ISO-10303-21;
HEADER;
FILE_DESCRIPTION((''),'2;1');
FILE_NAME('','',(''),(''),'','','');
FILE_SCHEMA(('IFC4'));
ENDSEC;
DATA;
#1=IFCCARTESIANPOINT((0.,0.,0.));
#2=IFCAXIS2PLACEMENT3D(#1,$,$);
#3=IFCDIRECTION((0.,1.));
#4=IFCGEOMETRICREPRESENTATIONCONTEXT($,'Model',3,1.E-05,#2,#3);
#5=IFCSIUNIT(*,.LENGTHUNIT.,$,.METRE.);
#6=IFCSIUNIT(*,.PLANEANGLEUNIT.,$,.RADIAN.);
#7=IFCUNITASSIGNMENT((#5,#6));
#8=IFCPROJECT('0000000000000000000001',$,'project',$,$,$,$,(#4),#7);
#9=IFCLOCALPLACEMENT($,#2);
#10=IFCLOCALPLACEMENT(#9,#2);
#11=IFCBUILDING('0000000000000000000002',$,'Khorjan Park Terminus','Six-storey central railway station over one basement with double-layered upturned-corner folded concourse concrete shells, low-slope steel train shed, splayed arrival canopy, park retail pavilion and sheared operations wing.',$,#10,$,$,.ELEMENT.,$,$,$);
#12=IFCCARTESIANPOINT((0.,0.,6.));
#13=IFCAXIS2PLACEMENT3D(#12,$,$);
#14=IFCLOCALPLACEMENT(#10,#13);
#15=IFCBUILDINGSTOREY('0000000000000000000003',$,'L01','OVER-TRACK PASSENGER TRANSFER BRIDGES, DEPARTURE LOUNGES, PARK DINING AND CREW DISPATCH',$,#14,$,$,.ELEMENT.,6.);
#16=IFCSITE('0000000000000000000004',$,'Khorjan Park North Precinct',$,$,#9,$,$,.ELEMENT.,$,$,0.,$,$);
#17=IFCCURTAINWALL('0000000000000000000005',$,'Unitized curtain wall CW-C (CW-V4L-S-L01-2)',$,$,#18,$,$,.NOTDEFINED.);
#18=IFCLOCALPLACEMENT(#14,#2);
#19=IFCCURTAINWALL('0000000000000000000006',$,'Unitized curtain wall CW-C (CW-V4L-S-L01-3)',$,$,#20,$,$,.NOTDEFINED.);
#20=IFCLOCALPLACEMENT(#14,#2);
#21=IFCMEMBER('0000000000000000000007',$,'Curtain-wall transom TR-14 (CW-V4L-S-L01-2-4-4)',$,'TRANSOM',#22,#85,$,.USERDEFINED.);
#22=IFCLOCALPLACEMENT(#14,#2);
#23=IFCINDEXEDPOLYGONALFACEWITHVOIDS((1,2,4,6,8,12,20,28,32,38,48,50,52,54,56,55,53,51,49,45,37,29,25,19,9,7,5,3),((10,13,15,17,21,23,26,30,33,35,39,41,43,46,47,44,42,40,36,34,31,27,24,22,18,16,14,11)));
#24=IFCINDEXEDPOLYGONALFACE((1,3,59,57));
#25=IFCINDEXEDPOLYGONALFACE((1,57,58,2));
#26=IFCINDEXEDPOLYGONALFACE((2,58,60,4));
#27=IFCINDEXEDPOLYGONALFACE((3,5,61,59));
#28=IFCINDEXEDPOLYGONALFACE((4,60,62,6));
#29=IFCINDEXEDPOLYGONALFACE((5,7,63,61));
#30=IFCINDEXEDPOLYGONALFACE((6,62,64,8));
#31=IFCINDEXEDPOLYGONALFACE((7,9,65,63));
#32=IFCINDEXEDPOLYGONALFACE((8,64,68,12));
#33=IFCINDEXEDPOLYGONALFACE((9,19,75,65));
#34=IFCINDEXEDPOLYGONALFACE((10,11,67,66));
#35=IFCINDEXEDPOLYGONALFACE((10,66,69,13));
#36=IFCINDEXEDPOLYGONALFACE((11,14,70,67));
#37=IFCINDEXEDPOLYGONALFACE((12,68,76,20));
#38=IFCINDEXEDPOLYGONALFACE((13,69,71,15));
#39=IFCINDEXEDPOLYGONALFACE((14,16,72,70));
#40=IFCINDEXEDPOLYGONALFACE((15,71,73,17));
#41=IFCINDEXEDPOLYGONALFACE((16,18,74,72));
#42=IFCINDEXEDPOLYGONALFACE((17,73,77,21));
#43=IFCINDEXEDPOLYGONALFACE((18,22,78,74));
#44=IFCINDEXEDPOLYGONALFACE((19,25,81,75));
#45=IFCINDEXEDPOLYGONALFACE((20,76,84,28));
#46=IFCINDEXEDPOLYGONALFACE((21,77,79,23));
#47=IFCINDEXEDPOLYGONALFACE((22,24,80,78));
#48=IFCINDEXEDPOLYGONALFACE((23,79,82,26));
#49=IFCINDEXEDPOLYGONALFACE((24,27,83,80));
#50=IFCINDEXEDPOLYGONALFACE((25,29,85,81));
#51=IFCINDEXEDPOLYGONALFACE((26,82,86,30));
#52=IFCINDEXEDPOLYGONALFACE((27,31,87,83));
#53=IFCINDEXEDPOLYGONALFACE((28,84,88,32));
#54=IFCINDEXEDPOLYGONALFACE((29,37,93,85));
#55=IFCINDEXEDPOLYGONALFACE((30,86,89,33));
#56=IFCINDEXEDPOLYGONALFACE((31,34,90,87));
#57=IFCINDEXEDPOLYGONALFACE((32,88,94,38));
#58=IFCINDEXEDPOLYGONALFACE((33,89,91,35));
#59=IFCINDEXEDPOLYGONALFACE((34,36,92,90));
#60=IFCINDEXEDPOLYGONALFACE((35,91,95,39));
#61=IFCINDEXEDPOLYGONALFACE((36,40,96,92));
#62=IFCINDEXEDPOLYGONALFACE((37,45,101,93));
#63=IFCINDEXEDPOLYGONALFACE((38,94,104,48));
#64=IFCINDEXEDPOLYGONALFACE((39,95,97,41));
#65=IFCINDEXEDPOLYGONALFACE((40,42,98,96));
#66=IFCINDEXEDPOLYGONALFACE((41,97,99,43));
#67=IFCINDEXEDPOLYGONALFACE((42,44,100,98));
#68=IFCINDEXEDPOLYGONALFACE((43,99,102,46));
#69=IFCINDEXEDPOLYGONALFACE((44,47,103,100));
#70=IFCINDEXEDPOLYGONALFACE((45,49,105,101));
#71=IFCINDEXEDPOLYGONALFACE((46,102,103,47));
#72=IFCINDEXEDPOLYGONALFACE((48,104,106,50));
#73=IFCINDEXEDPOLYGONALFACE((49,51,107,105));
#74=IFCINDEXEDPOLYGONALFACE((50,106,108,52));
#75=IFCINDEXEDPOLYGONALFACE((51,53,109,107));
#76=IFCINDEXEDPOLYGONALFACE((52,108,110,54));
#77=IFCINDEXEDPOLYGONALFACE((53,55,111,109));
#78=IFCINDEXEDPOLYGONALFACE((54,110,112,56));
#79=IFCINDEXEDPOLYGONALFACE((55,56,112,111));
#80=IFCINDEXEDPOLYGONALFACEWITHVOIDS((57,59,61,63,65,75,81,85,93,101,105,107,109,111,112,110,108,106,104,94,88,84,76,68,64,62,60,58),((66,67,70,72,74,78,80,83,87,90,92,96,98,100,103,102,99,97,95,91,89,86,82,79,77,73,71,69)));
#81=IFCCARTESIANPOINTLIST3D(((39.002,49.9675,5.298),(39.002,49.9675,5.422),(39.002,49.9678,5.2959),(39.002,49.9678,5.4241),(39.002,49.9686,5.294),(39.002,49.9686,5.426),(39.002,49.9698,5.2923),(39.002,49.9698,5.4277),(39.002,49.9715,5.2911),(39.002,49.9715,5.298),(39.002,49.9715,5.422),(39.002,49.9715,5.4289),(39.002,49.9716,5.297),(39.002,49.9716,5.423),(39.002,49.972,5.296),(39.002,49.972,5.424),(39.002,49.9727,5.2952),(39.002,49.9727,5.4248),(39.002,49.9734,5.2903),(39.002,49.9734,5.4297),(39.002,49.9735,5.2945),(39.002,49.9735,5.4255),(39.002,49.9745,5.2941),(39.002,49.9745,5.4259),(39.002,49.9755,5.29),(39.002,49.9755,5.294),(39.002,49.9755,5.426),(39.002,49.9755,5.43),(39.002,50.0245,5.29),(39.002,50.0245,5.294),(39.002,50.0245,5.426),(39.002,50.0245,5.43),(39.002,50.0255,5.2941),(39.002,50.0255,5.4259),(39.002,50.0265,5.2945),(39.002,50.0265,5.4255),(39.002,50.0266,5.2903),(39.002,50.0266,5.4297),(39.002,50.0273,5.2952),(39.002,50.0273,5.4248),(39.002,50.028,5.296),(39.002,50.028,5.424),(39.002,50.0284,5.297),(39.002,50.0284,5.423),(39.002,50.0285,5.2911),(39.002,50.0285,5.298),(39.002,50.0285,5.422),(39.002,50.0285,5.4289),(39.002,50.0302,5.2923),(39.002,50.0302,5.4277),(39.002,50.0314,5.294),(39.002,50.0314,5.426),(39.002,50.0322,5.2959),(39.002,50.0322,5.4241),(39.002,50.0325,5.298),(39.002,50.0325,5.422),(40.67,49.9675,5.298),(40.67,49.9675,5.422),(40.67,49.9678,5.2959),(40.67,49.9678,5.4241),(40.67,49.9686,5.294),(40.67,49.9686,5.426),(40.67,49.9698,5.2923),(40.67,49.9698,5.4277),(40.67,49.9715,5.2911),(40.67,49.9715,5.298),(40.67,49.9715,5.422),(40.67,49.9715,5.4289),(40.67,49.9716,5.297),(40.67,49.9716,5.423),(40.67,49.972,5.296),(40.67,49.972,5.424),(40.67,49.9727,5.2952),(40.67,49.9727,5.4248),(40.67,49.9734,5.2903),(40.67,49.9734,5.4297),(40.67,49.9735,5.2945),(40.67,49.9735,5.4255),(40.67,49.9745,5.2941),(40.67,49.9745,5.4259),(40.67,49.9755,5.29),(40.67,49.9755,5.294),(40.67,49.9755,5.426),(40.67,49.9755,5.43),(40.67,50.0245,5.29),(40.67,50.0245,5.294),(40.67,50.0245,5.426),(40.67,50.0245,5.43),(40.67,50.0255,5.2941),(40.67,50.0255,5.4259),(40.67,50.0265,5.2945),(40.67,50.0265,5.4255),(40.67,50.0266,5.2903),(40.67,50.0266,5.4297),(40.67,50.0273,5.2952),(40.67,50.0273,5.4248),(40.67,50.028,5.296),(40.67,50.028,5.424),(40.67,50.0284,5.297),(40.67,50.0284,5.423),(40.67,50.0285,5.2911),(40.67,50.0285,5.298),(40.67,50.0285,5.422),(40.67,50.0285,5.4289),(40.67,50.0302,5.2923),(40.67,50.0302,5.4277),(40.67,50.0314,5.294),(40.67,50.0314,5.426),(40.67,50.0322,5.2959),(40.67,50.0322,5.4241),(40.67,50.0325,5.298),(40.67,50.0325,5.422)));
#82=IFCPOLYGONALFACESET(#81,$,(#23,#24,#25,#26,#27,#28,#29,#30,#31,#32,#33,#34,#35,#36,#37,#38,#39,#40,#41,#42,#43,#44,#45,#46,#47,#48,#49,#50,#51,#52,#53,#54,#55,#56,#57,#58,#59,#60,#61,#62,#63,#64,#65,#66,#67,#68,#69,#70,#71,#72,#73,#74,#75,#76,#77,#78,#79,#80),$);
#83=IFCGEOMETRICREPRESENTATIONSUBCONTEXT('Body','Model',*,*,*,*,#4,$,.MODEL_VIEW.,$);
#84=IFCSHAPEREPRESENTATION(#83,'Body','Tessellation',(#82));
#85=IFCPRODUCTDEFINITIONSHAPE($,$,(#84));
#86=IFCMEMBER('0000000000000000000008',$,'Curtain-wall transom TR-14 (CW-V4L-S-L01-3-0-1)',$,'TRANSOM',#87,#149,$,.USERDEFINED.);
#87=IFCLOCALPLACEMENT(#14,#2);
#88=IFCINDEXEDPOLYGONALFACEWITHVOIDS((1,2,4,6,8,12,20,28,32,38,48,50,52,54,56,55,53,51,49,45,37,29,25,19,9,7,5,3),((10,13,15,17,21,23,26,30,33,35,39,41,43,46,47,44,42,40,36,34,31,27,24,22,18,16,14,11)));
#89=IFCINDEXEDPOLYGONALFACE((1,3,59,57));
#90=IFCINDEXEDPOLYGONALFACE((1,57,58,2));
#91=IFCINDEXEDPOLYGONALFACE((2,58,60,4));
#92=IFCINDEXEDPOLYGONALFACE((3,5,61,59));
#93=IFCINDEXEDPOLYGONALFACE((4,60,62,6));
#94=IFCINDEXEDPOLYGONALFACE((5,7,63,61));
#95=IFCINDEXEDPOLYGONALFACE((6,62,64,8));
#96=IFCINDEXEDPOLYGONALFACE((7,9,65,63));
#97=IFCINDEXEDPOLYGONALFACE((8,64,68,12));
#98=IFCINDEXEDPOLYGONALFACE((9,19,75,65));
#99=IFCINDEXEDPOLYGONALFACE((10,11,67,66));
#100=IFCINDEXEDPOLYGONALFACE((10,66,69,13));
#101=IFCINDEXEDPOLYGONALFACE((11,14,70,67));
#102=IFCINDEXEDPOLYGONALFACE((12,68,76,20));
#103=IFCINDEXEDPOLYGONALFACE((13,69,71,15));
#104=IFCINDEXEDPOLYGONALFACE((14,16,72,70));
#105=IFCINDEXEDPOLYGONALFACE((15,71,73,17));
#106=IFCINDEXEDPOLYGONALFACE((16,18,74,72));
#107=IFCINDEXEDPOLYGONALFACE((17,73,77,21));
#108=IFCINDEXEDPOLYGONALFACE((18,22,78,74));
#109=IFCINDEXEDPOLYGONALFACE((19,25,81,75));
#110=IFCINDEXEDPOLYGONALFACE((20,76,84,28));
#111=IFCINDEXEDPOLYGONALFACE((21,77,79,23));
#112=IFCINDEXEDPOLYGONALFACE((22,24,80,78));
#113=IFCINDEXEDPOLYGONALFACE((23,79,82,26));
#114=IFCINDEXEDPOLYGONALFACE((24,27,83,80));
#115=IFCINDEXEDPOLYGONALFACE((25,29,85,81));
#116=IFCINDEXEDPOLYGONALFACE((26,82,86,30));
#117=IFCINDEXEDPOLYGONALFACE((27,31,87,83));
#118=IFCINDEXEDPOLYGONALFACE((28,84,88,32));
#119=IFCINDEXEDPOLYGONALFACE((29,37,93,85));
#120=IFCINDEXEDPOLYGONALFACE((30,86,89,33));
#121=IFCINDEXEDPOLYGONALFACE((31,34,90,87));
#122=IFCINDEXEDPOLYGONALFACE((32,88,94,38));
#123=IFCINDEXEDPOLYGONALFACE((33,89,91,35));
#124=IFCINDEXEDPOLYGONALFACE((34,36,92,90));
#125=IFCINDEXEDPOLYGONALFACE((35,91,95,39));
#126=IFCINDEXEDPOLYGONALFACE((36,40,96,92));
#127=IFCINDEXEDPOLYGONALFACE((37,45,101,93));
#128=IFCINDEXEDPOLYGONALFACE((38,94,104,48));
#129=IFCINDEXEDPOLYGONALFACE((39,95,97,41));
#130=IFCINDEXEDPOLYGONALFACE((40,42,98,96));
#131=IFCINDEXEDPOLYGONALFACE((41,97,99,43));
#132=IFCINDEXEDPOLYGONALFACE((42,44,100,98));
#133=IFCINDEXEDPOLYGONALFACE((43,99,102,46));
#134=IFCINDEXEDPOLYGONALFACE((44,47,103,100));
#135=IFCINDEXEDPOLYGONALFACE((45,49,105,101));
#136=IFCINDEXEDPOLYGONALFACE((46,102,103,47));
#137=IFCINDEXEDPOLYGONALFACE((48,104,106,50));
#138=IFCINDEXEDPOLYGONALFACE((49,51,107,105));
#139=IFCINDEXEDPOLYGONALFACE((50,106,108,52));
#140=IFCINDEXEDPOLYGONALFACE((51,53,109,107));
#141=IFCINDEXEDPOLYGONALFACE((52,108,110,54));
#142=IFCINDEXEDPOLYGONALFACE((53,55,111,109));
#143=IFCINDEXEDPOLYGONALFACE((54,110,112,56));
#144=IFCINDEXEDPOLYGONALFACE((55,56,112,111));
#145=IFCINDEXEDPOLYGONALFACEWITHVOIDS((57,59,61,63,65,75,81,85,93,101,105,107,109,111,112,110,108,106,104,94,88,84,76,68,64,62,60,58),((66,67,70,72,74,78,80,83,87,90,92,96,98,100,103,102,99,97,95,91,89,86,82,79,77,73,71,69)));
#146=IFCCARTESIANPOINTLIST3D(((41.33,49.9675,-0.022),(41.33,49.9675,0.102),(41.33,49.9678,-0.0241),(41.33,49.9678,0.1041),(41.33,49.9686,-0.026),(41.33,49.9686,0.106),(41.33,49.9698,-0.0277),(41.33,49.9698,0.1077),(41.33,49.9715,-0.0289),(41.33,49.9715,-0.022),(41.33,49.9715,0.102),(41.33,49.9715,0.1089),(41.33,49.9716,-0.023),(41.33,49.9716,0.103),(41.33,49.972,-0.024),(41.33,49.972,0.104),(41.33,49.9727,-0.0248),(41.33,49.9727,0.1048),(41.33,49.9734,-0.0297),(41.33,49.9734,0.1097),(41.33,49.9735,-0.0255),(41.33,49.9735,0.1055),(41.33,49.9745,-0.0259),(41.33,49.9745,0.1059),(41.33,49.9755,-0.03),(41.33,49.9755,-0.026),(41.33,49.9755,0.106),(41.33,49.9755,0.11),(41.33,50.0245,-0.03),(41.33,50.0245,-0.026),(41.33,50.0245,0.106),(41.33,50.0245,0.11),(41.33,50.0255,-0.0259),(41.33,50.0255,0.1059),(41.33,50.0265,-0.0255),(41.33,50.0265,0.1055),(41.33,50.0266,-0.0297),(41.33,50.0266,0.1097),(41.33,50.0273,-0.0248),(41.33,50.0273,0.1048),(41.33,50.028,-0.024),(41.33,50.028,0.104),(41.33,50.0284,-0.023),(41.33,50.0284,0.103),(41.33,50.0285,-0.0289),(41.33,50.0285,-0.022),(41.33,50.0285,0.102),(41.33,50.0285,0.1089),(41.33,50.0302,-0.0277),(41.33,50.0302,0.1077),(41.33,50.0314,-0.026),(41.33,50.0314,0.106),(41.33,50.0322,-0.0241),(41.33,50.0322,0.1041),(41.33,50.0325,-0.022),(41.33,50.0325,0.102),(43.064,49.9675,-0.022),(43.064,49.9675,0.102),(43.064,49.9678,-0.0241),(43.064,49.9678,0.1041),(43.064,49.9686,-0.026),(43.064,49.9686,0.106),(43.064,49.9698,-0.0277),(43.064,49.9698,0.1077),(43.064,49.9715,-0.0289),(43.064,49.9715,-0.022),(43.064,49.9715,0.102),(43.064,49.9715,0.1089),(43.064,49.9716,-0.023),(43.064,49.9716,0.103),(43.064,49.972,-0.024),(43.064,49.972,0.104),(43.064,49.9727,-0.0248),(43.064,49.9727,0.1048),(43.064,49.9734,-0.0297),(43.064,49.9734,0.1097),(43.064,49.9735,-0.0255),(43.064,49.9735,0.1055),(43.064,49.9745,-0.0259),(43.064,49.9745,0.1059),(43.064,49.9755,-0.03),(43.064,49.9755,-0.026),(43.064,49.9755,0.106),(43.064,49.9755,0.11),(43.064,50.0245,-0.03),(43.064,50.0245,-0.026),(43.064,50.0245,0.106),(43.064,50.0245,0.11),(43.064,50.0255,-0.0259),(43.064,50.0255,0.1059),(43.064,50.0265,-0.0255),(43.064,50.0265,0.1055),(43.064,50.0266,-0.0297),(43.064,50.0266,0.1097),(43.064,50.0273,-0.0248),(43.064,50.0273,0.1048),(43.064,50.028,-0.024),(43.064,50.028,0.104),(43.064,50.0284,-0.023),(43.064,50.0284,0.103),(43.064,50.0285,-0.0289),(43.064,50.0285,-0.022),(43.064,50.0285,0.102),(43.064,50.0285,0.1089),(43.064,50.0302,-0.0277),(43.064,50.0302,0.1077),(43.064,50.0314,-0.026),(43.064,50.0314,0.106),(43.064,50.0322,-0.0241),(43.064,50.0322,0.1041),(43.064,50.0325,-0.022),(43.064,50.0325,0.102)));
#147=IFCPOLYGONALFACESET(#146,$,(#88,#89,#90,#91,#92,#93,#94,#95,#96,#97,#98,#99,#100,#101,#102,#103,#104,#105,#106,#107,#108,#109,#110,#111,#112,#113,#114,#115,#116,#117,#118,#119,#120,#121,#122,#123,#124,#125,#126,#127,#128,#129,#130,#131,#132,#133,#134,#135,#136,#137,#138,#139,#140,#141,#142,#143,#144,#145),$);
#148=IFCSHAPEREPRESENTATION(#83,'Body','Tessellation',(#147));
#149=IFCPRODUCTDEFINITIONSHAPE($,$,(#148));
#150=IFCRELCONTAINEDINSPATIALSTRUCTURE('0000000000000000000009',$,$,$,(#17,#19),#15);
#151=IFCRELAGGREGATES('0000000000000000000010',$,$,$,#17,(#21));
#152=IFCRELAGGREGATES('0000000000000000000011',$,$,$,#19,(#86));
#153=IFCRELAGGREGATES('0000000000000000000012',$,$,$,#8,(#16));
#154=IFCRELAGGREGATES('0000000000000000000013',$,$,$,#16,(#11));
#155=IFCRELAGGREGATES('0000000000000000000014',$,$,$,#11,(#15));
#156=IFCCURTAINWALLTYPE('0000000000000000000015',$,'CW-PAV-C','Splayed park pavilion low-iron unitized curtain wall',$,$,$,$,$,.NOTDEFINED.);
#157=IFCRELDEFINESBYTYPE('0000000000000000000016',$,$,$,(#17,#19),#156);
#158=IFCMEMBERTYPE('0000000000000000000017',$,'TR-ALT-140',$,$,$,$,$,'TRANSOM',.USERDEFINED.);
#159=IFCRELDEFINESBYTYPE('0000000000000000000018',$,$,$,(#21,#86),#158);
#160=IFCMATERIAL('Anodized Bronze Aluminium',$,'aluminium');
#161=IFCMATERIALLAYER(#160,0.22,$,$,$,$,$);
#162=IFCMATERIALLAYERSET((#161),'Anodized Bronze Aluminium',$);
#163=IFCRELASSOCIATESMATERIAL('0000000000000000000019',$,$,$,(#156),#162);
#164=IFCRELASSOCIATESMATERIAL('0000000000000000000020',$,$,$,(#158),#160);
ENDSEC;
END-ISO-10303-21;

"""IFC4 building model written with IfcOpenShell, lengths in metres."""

from ifc_helpers import new_model, si_unit, direction, frame, origin, origin_2d, place, context, subcontext, project, spatial, hollow_rectangle, extrude, material, layer, layer_set, material_profile, profile_set, type_object, element, aggregate, save


model = new_model("IFC4")

# Units and contexts
model_context = context("Model", 3, precision=1e-05, world=origin(), true_north=direction((0.0, 1.0)))
body_context = subcontext(model_context, "Body", "Model", "MODEL_VIEW")
ifc_project = project(units=[si_unit("LENGTHUNIT", "METRE"), si_unit("PLANEANGLEUNIT", "RADIAN")], contexts=[model_context])

# Site, building, storey
site_placement = place(None, origin())
site = spatial("IfcSite", under=ifc_project, at=site_placement, Name="Khorjan Park North Precinct", CompositionType="ELEMENT", RefElevation=0.0)
building_placement = place(site_placement, origin())
building = spatial("IfcBuilding", under=site, at=building_placement, Name="Khorjan Park Terminus", Description="Six-storey central railway station over one basement with double-layered upturned-corner folded concourse concrete shells, low-slope steel train shed, splayed arrival canopy, park retail pavilion and sheared operations wing.", CompositionType="ELEMENT")
storey_placement = place(building_placement, frame((0.0, 0.0, 6.0)))
storey = spatial("IfcBuildingStorey", under=building, at=storey_placement, Name="L01", Description="OVER-TRACK PASSENGER TRANSFER BRIDGES, DEPARTURE LOUNGES, PARK DINING AND CREW DISPATCH", CompositionType="ELEMENT", Elevation=6.0)

# Curtain wall
ifc_material_1 = material(Name="Anodized Bronze Aluminium", Category="aluminium")
ifc_layer_1 = layer(ifc_material_1, 0.22)
ifc_layer_set_1 = layer_set([ifc_layer_1], Name="Anodized Bronze Aluminium")
curtain_wall_type = type_object("IfcCurtainWallType", Name="CW-PAV-C", Description="Splayed park pavilion low-iron unitized curtain wall", PredefinedType="NOTDEFINED", material=ifc_layer_set_1)
curtain_wall_1_placement = place(storey_placement, origin())
curtain_wall_1 = element("IfcCurtainWall", 1, at=curtain_wall_1_placement, inside=storey, type_object=curtain_wall_type, Name="Unitized curtain wall CW-C (CW-V4L-S-L01-2)", PredefinedType="NOTDEFINED")

# Curtain wall
curtain_wall_2_placement = place(storey_placement, origin())
curtain_wall_2 = element("IfcCurtainWall", 2, at=curtain_wall_2_placement, inside=storey, type_object=curtain_wall_type, Name="Unitized curtain wall CW-C (CW-V4L-S-L01-3)", PredefinedType="NOTDEFINED")

# Members
ifc_material_profile_1 = material_profile(ifc_material_1, hollow_rectangle(XDim=0.065, YDim=0.14, WallThickness=0.004, InnerFilletRadius=0.004, OuterFilletRadius=0.008, at=origin_2d()), Name="ALT 65x140x4")
ifc_profile_set_1 = profile_set([ifc_material_profile_1], Name="Anodized Bronze Aluminium")
member_type_1 = type_object("IfcMemberType", Name="TR-ALT-140", ElementType="TRANSOM", PredefinedType="USERDEFINED", material=ifc_profile_set_1)
member_1_placement = place(storey_placement, frame((39.002, 50.0, 5.36), z_axis=(1.0, 0.0, 0.0), x_axis=(0.0, 1.0, 0.0)))
member_1 = element("IfcMember", 3, at=member_1_placement, type_object=member_type_1, Name="Curtain-wall transom TR-14 (CW-V4L-S-L01-2-4-4)", ObjectType="TRANSOM", PredefinedType="USERDEFINED", context=body_context, shape_type="SweptSolid", body=[
    extrude(hollow_rectangle(XDim=0.065, YDim=0.14, WallThickness=0.004, InnerFilletRadius=0.004, OuterFilletRadius=0.008, at=origin_2d()), origin(), (0.0, 0.0, 1.0), 1.668),
])
member_2_placement = place(storey_placement, frame((41.33, 50.0, 0.04), z_axis=(1.0, 0.0, 0.0), x_axis=(0.0, 1.0, 0.0)))
member_2 = element("IfcMember", 4, at=member_2_placement, type_object=member_type_1, Name="Curtain-wall transom TR-14 (CW-V4L-S-L01-3-0-1)", ObjectType="TRANSOM", PredefinedType="USERDEFINED", context=body_context, shape_type="SweptSolid", body=[
    extrude(hollow_rectangle(XDim=0.065, YDim=0.14, WallThickness=0.004, InnerFilletRadius=0.004, OuterFilletRadius=0.008, at=origin_2d()), origin(), (0.0, 0.0, 1.0), 1.734),
])

aggregate(curtain_wall_1, [member_1])
aggregate(curtain_wall_2, [member_2])

save(model, "model.ifc")
